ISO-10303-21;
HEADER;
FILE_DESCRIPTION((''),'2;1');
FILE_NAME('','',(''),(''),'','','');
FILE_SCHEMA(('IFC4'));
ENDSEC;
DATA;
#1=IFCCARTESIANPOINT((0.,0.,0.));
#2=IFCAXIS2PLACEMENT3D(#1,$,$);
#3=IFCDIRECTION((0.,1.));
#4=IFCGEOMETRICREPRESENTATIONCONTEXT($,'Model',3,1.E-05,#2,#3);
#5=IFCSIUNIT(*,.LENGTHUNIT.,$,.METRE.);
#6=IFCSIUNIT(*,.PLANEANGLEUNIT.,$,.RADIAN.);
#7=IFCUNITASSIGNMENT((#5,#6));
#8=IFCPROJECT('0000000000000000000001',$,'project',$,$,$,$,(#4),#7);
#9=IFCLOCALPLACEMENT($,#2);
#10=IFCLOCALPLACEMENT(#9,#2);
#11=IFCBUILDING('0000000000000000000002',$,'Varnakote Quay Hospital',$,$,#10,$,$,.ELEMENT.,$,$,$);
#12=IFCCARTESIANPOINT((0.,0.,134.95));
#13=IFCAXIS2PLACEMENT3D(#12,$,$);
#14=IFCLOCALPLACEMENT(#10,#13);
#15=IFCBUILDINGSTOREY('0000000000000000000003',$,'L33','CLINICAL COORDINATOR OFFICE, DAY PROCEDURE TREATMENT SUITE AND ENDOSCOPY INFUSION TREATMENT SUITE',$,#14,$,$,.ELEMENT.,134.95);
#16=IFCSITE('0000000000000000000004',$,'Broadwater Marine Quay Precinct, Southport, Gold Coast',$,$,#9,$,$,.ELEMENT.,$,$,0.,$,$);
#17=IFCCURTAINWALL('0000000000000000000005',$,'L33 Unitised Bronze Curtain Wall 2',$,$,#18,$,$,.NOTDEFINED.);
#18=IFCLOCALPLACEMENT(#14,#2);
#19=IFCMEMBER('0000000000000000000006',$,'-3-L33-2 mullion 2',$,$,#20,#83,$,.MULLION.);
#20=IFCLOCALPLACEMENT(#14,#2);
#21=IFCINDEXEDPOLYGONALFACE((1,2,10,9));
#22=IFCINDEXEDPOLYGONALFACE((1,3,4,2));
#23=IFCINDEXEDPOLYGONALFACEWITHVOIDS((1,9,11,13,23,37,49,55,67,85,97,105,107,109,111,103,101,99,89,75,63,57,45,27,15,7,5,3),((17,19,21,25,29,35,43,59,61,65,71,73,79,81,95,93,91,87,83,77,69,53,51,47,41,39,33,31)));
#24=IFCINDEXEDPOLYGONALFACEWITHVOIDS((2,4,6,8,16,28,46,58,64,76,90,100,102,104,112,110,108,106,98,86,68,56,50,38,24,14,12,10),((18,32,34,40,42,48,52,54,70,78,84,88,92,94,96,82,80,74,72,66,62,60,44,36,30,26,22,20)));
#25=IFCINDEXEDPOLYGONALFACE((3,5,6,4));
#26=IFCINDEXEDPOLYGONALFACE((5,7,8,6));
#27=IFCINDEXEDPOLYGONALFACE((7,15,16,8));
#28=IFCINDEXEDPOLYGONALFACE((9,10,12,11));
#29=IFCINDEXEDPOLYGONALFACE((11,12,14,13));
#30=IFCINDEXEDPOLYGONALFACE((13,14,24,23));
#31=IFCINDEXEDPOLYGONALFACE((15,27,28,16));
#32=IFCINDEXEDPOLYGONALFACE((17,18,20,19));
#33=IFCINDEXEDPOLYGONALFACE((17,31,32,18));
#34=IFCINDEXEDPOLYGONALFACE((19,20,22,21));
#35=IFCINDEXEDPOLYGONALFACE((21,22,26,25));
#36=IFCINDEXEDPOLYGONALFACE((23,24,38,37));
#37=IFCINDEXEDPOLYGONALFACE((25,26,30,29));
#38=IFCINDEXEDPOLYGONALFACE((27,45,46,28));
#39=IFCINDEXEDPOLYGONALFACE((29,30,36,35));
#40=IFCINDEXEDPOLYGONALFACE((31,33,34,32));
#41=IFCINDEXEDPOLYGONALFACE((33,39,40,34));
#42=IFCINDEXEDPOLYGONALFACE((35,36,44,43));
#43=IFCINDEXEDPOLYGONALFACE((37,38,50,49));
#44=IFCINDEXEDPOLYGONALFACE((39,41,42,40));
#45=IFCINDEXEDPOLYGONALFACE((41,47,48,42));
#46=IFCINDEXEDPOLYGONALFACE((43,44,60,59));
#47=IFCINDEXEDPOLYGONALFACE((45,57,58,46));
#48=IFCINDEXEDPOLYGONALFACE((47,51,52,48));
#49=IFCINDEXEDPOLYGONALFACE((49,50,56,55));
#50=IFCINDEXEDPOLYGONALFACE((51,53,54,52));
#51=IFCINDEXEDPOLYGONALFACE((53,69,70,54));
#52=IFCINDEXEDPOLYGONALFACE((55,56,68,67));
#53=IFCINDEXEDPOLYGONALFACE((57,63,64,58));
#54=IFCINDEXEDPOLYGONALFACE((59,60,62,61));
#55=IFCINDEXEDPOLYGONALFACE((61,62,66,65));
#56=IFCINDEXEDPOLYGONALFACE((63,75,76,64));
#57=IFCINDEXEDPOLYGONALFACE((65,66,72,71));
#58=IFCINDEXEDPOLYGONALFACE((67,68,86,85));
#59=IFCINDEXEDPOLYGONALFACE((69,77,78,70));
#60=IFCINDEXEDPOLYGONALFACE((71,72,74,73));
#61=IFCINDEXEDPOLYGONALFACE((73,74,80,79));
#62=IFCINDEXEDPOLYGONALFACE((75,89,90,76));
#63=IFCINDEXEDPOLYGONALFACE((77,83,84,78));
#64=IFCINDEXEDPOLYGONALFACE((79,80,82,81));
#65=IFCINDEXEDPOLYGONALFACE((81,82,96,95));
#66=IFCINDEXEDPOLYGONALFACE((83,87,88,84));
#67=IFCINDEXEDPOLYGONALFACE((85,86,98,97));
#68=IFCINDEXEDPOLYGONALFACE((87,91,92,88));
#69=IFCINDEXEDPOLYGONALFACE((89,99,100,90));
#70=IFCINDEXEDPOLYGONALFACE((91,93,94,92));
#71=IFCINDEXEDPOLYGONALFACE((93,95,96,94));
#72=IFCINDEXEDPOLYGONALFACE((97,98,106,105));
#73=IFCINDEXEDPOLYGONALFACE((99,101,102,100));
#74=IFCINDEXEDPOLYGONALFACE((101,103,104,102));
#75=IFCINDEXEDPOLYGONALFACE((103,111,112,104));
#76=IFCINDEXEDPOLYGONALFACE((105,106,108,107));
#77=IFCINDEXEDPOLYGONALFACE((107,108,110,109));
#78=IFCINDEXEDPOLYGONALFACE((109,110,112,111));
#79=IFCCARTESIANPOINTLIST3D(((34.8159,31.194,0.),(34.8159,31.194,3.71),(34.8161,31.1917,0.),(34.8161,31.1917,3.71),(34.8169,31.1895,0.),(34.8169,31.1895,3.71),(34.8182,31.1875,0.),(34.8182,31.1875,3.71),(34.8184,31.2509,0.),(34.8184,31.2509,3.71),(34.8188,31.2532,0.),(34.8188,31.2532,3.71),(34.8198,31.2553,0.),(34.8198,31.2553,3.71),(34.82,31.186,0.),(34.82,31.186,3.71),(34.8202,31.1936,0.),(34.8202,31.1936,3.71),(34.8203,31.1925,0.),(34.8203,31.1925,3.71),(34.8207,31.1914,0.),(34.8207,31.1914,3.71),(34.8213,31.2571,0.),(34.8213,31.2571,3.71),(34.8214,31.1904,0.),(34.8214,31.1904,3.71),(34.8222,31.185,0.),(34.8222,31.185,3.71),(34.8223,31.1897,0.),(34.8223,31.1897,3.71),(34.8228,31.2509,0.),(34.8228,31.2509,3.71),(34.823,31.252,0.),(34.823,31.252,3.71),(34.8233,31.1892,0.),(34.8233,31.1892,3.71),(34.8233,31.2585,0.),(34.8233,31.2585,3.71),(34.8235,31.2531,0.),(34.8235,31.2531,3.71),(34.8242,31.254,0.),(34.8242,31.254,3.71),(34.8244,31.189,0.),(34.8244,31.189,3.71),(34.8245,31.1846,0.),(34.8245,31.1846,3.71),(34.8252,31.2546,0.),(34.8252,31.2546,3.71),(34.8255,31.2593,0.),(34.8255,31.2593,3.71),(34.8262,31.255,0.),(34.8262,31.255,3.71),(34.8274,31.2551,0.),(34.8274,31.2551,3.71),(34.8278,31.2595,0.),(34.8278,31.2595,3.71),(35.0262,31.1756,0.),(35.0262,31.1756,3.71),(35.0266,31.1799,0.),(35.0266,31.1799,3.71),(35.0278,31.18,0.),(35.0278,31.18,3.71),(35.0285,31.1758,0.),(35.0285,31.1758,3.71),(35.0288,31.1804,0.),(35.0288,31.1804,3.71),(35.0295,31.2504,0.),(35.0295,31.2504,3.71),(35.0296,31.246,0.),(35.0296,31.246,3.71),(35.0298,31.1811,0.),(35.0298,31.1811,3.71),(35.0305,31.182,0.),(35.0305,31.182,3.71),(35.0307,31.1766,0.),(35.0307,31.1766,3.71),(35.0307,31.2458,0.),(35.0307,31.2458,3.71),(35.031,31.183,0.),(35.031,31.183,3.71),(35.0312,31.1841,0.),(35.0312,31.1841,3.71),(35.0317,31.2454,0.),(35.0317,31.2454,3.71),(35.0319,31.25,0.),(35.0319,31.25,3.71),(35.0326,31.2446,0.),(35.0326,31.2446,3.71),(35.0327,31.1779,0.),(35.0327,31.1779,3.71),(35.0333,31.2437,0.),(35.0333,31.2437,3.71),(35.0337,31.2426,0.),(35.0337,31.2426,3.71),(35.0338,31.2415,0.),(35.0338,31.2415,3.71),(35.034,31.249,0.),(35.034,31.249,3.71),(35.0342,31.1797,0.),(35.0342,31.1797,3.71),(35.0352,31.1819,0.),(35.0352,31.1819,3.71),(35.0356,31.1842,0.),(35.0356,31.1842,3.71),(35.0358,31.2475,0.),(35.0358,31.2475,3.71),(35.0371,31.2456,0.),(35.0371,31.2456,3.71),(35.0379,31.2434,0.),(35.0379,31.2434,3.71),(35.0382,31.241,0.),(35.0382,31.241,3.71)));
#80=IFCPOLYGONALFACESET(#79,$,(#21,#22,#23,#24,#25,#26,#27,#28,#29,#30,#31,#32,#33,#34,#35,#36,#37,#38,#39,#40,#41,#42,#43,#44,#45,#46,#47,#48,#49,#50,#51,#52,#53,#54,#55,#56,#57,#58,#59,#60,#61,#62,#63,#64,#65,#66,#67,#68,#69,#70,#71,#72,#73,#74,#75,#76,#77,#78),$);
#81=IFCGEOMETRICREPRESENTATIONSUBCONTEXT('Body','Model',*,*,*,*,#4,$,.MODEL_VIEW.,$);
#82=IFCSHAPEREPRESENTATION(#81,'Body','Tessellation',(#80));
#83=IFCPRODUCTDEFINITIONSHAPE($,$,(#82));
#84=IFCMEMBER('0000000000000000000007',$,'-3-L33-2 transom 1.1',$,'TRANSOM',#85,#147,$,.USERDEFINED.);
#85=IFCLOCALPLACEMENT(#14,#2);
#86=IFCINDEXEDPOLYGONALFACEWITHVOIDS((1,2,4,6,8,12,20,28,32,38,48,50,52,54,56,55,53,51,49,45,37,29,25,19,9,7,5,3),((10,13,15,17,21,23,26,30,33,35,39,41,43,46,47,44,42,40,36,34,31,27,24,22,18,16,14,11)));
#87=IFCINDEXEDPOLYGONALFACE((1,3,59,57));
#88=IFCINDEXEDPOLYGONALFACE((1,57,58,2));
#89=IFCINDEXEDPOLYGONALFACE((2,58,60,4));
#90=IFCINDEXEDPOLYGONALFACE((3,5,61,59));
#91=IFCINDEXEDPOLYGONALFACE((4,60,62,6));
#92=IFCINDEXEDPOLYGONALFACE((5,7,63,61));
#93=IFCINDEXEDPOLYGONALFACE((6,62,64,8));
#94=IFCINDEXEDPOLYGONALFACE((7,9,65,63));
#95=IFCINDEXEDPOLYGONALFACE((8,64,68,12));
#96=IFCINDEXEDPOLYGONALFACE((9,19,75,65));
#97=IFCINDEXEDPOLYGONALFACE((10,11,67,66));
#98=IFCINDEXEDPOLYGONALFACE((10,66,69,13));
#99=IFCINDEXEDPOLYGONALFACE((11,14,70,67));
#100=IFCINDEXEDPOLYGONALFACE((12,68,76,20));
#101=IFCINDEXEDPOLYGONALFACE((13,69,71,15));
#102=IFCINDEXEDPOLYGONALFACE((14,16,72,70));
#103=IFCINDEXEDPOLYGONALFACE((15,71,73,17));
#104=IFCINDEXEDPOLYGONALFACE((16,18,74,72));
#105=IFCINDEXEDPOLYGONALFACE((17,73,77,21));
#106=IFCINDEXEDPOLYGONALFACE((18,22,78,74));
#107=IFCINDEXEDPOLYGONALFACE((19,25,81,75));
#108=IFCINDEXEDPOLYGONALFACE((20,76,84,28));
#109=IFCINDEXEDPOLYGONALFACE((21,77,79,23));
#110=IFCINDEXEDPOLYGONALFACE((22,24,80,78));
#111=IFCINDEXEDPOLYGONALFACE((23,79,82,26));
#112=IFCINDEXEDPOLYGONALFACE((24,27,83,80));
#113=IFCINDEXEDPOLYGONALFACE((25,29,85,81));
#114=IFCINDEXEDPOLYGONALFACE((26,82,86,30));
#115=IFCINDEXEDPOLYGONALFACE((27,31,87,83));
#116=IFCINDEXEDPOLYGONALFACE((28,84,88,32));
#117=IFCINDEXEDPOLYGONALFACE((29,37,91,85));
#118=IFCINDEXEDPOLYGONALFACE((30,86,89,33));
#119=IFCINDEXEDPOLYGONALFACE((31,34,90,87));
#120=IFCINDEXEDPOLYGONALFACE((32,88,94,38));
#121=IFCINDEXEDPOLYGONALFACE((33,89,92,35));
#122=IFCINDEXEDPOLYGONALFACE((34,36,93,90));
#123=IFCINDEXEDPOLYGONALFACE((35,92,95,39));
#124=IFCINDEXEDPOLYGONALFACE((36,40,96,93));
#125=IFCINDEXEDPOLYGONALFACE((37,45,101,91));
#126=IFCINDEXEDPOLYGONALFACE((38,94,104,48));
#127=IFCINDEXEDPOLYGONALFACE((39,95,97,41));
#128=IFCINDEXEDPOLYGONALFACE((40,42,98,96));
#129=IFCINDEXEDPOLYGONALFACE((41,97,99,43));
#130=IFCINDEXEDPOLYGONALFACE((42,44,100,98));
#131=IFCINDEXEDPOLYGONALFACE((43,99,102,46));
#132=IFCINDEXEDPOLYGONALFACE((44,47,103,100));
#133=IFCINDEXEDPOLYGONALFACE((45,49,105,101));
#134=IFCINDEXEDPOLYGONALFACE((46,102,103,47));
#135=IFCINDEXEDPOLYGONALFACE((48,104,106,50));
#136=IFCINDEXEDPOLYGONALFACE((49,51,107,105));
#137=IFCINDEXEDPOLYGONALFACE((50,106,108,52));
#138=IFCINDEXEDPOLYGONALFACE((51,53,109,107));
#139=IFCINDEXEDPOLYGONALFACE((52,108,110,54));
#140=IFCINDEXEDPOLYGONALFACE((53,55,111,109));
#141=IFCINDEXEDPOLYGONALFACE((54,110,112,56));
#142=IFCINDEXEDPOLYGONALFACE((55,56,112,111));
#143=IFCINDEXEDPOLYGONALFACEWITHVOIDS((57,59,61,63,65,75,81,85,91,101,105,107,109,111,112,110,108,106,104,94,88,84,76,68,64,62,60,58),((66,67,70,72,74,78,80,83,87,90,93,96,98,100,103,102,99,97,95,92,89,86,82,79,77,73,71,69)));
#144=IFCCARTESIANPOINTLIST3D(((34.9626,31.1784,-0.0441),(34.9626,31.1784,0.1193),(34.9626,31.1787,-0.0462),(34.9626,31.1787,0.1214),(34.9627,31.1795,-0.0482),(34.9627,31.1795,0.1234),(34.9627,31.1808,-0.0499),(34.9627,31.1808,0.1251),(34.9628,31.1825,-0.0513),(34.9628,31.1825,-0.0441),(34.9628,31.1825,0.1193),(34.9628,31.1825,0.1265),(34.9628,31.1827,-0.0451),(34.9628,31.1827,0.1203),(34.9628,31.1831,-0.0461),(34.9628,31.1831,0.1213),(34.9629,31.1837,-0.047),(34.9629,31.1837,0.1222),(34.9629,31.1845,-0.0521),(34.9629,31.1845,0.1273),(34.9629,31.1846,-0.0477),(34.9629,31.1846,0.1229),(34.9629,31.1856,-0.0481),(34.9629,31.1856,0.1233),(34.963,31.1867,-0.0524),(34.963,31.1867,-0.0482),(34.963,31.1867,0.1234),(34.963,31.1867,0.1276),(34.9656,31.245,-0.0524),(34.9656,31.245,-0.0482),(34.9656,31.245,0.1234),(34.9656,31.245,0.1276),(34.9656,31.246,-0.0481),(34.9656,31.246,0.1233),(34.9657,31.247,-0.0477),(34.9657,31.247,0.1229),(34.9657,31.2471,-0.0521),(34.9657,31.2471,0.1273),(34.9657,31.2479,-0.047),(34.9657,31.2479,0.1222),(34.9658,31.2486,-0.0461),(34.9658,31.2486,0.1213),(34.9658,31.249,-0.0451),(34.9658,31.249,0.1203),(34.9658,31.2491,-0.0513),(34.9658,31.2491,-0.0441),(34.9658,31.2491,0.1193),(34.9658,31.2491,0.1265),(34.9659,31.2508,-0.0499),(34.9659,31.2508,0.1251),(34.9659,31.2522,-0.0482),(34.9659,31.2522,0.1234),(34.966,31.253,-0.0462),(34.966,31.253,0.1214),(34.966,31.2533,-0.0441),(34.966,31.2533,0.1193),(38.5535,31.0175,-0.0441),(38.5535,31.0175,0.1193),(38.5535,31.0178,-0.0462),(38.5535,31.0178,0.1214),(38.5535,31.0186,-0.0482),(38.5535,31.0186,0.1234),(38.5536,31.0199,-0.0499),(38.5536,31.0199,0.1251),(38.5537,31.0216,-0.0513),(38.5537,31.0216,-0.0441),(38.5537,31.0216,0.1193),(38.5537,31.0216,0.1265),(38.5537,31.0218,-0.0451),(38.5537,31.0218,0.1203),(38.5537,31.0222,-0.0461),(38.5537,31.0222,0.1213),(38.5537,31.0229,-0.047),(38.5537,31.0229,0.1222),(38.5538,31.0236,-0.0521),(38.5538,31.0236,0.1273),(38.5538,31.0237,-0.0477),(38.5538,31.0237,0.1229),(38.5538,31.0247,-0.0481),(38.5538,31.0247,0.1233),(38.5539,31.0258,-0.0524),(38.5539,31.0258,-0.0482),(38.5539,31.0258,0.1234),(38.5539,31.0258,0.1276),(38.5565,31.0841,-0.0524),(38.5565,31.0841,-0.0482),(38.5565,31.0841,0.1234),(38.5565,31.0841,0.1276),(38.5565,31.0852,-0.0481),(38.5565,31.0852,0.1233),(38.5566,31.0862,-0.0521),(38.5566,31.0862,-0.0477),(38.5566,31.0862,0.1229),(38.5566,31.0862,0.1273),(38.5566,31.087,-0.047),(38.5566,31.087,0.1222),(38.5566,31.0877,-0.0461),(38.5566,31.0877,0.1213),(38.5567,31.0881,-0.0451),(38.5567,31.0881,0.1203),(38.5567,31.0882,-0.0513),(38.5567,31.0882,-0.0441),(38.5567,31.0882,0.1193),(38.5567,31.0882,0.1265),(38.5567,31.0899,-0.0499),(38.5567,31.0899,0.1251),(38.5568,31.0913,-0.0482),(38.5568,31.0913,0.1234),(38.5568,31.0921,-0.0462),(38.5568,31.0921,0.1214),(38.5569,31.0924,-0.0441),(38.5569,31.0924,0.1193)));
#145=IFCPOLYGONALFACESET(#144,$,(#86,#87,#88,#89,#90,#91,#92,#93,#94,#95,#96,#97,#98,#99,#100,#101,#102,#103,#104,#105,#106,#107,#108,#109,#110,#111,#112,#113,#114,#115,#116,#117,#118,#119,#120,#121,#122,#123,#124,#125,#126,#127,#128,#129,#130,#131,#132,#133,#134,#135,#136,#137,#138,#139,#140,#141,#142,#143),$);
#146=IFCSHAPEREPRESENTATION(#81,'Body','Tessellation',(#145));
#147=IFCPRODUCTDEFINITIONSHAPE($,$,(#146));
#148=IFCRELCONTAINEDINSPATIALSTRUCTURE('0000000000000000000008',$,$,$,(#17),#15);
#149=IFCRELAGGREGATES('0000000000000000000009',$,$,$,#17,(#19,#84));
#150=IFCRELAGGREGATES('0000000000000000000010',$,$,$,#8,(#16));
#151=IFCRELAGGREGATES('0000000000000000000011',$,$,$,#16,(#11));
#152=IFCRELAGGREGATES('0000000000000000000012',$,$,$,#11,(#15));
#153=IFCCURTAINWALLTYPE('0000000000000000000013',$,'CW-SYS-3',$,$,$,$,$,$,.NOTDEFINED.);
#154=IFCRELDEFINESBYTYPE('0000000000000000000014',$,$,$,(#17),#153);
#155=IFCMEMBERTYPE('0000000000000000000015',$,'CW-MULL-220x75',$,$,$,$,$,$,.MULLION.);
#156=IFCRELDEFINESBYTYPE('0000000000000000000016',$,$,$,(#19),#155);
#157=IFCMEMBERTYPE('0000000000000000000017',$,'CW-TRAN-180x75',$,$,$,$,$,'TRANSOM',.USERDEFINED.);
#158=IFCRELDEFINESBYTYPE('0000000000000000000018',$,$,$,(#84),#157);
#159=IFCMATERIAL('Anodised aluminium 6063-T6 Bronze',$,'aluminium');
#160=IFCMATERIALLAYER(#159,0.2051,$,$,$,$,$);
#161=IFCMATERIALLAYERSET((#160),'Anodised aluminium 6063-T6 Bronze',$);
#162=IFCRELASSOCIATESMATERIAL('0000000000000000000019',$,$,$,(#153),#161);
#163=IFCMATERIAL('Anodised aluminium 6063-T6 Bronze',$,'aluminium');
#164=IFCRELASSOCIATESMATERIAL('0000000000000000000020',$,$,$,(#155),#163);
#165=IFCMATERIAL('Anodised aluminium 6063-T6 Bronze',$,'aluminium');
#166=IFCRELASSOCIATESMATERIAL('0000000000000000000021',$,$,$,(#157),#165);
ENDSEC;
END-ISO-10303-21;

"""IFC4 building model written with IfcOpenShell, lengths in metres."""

from ifc_helpers import new_model, si_unit, direction, frame, origin, origin_2d, place, context, subcontext, project, spatial, hollow_rectangle, extrude, material, layer, layer_set, material_profile, profile_set, type_object, element, aggregate, save


model = new_model("IFC4")

# Units and contexts
model_context = context("Model", 3, precision=1e-05, world=origin(), true_north=direction((0.0, 1.0)))
body_context = subcontext(model_context, "Body", "Model", "MODEL_VIEW")
ifc_project = project(units=[si_unit("LENGTHUNIT", "METRE"), si_unit("PLANEANGLEUNIT", "RADIAN")], contexts=[model_context])

# Site, building, storey
site_placement = place(None, origin())
site = spatial("IfcSite", under=ifc_project, at=site_placement, Name="Broadwater Marine Quay Precinct, Southport, Gold Coast", CompositionType="ELEMENT", RefElevation=0.0)
building_placement = place(site_placement, origin())
building = spatial("IfcBuilding", under=site, at=building_placement, Name="Varnakote Quay Hospital", CompositionType="ELEMENT")
storey_placement = place(building_placement, frame((0.0, 0.0, 134.95)))
storey = spatial("IfcBuildingStorey", under=building, at=storey_placement, Name="L33", Description="CLINICAL COORDINATOR OFFICE, DAY PROCEDURE TREATMENT SUITE AND ENDOSCOPY INFUSION TREATMENT SUITE", CompositionType="ELEMENT", Elevation=134.95)

# Shared definitions
ifc_material_1 = material(Name="Anodised aluminium 6063-T6 Bronze", Category="aluminium")
ifc_layer_1 = layer(ifc_material_1, 0.2051)
ifc_layer_set_1 = layer_set([ifc_layer_1], Name="Anodised aluminium 6063-T6 Bronze")
curtain_wall_type = type_object("IfcCurtainWallType", Name="CW-SYS-3", PredefinedType="NOTDEFINED", material=ifc_layer_set_1)
ifc_material_2 = material(Name="Anodised aluminium 6063-T6 Bronze", Category="aluminium")
ifc_material_profile_1 = material_profile(ifc_material_2, hollow_rectangle(XDim=0.075, YDim=0.22, WallThickness=0.0044, InnerFilletRadius=0.0044, OuterFilletRadius=0.009, at=origin_2d()), Name="CW-MULL-220x75")
ifc_profile_set_1 = profile_set([ifc_material_profile_1], Name="Anodised aluminium 6063-T6 Bronze")
member_type_1 = type_object("IfcMemberType", Name="CW-MULL-220x75", PredefinedType="MULLION", material=ifc_profile_set_1)

# Curtain wall, members
curtain_wall_1_placement = place(storey_placement, origin())
curtain_wall_1 = element("IfcCurtainWall", 1, at=curtain_wall_1_placement, inside=storey, type_object=curtain_wall_type, Name="L33 Unitised Bronze Curtain Wall 2", PredefinedType="NOTDEFINED")
member_1_placement = place(storey_placement, frame((34.927, 31.2175, 0.0), z_axis=(0.0, 0.0, 1.0), x_axis=(-0.044782, -0.998997, 0.0)))
member_1 = element("IfcMember", 2, at=member_1_placement, type_object=member_type_1, Name="-3-L33-2 mullion 2", PredefinedType="MULLION", context=body_context, shape_type="SweptSolid", body=[
    extrude(hollow_rectangle(XDim=0.075, YDim=0.22, WallThickness=0.0044, InnerFilletRadius=0.0044, OuterFilletRadius=0.009, at=origin_2d()), origin(), (0.0, 0.0, 1.0), 3.71),
])
ifc_material_3 = material(Name="Anodised aluminium 6063-T6 Bronze", Category="aluminium")
ifc_material_profile_2 = material_profile(ifc_material_3, hollow_rectangle(XDim=0.075, YDim=0.1799, WallThickness=0.0042, InnerFilletRadius=0.0042, OuterFilletRadius=0.0083, at=origin_2d()), Name="CW-TRAN-180x75")
ifc_profile_set_2 = profile_set([ifc_material_profile_2], Name="Anodised aluminium 6063-T6 Bronze")
member_type_2 = type_object("IfcMemberType", Name="CW-TRAN-180x75", ElementType="TRANSOM", PredefinedType="USERDEFINED", material=ifc_profile_set_2)
member_2_placement = place(storey_placement, frame((38.5552, 31.0549, 0.0376), z_axis=(-0.998998, 0.044761, 0.0), x_axis=(-0.044761, -0.998998, 0.0)))
member_2 = element("IfcMember", 3, at=member_2_placement, type_object=member_type_2, Name="-3-L33-2 transom 1.1", ObjectType="TRANSOM", PredefinedType="USERDEFINED", context=body_context, shape_type="SweptSolid", body=[
    extrude(hollow_rectangle(XDim=0.075, YDim=0.1799, WallThickness=0.0042, InnerFilletRadius=0.0042, OuterFilletRadius=0.0083, at=origin_2d()), origin(), (0.0, 0.0, 1.0), 3.5945),
])

aggregate(curtain_wall_1, [member_1, member_2])

save(model, "model.ifc")
